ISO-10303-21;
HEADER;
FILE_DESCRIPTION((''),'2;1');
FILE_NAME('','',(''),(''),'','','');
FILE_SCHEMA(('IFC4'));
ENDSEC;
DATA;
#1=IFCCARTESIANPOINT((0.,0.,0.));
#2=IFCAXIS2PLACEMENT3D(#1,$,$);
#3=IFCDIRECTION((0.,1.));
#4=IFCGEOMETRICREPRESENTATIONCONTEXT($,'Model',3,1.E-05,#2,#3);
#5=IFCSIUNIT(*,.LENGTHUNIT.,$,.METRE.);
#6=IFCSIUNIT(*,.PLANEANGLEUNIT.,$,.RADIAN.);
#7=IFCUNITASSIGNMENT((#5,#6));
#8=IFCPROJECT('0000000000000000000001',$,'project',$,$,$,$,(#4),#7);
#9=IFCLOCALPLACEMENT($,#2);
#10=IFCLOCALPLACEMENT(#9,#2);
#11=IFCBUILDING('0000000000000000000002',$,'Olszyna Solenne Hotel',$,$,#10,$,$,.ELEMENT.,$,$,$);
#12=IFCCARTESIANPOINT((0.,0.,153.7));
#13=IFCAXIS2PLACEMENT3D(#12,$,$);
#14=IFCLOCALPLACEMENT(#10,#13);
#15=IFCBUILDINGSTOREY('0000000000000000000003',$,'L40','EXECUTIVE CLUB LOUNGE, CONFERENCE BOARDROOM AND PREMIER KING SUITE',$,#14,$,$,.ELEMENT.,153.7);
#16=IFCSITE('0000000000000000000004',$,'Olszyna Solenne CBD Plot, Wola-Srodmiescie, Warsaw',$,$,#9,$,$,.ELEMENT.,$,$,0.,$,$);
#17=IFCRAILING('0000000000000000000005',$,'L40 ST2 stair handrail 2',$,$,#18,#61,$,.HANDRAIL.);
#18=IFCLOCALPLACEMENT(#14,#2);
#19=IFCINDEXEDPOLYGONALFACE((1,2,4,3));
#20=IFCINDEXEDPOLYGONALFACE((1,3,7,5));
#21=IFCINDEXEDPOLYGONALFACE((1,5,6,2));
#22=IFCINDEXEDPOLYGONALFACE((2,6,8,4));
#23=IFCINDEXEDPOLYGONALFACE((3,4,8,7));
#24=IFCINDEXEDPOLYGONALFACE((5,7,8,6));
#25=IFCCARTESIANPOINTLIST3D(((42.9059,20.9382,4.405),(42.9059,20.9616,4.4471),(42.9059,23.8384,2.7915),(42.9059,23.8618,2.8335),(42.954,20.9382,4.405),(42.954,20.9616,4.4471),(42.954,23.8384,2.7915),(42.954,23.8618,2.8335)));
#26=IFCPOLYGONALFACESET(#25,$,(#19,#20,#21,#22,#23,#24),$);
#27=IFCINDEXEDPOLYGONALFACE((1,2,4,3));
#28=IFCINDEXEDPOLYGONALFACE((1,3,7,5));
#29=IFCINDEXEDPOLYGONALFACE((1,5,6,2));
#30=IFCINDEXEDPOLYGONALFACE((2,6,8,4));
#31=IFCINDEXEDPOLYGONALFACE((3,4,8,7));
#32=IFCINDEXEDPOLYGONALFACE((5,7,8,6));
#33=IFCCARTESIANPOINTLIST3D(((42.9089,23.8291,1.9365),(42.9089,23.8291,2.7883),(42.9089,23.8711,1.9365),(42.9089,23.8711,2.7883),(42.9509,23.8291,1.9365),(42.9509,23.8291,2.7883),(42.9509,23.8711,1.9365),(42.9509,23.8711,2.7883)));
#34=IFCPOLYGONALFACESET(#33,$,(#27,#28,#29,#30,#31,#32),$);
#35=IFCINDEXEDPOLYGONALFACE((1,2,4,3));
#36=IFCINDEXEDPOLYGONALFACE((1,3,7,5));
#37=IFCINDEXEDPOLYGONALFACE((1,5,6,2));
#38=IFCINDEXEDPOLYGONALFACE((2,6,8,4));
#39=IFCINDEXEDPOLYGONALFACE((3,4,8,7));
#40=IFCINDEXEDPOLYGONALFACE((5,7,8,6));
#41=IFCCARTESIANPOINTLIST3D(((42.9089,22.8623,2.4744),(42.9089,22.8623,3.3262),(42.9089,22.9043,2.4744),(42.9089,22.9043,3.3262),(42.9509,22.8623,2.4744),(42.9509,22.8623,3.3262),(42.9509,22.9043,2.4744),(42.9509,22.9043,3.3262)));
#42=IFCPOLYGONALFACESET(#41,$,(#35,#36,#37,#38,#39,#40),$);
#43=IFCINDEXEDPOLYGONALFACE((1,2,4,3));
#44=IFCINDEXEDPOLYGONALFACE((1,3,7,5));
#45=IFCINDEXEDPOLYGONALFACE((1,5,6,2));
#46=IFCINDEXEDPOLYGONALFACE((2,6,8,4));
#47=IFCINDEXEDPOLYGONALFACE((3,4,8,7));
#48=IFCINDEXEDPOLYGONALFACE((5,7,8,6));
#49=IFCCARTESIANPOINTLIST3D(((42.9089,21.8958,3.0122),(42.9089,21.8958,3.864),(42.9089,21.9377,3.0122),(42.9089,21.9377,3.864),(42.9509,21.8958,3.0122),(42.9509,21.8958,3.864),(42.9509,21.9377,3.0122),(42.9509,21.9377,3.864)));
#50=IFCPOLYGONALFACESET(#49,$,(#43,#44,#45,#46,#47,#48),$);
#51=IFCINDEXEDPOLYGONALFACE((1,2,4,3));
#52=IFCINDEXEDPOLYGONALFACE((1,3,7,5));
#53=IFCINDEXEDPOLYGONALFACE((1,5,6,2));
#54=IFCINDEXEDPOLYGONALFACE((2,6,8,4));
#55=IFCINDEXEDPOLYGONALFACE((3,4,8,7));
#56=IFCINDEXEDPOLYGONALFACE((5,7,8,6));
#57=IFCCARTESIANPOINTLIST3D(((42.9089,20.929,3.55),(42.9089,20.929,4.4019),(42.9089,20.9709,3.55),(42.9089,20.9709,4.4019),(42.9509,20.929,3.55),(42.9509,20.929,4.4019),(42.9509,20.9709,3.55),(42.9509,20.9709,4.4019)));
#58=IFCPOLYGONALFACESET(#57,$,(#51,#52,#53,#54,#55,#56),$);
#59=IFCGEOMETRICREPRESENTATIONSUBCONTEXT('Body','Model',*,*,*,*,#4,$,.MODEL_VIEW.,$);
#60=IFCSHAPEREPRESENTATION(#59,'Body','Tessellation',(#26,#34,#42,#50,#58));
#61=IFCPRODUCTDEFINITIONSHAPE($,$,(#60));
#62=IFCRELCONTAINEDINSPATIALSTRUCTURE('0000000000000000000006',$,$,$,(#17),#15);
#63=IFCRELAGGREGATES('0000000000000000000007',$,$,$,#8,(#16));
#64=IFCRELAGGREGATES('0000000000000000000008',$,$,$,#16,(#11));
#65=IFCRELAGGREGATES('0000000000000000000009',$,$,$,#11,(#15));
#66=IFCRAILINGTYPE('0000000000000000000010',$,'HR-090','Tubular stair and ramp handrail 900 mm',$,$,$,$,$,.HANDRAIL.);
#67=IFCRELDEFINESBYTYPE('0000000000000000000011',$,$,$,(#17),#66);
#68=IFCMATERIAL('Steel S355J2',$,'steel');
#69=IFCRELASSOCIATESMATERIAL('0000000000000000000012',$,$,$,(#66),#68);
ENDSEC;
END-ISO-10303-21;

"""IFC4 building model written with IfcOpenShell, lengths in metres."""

from ifc_helpers import new_model, si_unit, direction, frame, origin, origin_2d, place, context, subcontext, project, spatial, rectangle, extrude, material, type_object, element, save


model = new_model("IFC4")

# Units and contexts
model_context = context("Model", 3, precision=1e-05, world=origin(), true_north=direction((0.0, 1.0)))
body_context = subcontext(model_context, "Body", "Model", "MODEL_VIEW")
ifc_project = project(units=[si_unit("LENGTHUNIT", "METRE"), si_unit("PLANEANGLEUNIT", "RADIAN")], contexts=[model_context])

# Site, building, storey
site_placement = place(None, origin())
site = spatial("IfcSite", under=ifc_project, at=site_placement, Name="Olszyna Solenne CBD Plot, Wola-Srodmiescie, Warsaw", CompositionType="ELEMENT", RefElevation=0.0)
building_placement = place(site_placement, origin())
building = spatial("IfcBuilding", under=site, at=building_placement, Name="Olszyna Solenne Hotel", CompositionType="ELEMENT")
storey_placement = place(building_placement, frame((0.0, 0.0, 153.7)))
storey = spatial("IfcBuildingStorey", under=building, at=storey_placement, Name="L40", Description="EXECUTIVE CLUB LOUNGE, CONFERENCE BOARDROOM AND PREMIER KING SUITE", CompositionType="ELEMENT", Elevation=153.7)

# Shared definitions
ifc_material_1 = material(Name="Steel S355J2", Category="steel")

# Railing
railing_type_1 = type_object("IfcRailingType", Name="HR-090", Description="Tubular stair and ramp handrail 900 mm", PredefinedType="HANDRAIL", material=ifc_material_1)
railing_1_placement = place(storey_placement, frame((42.9299, 23.8501, 1.9365)))
element("IfcRailing", 1, at=railing_1_placement, inside=storey, type_object=railing_type_1, Name="L40 ST2 stair handrail 2", PredefinedType="HANDRAIL", context=body_context, shape_type="SweptSolid", body=[
    extrude(rectangle(XDim=0.0481, YDim=0.0481, at=origin_2d()), frame((0.0, 0.0, 0.876), z_axis=(0.0, -0.873859, 0.48618), x_axis=(1.0, 0.0, 0.0)), (0.0, 0.0, 1.0), 3.3188),
    extrude(rectangle(XDim=0.042, YDim=0.042, at=origin_2d()), origin(), (0.0, 0.0, 1.0), 0.8518),
    extrude(rectangle(XDim=0.042, YDim=0.042, at=origin_2d()), frame((0.0, -0.9668, 0.5378)), (0.0, 0.0, 1.0), 0.8518),
    extrude(rectangle(XDim=0.042, YDim=0.042, at=origin_2d()), frame((0.0, -1.9333, 1.0757)), (0.0, 0.0, 1.0), 0.8518),
    extrude(rectangle(XDim=0.042, YDim=0.042, at=origin_2d()), frame((0.0, -2.9001, 1.6135)), (0.0, 0.0, 1.0), 0.8518),
])

save(model, "model.ifc")
